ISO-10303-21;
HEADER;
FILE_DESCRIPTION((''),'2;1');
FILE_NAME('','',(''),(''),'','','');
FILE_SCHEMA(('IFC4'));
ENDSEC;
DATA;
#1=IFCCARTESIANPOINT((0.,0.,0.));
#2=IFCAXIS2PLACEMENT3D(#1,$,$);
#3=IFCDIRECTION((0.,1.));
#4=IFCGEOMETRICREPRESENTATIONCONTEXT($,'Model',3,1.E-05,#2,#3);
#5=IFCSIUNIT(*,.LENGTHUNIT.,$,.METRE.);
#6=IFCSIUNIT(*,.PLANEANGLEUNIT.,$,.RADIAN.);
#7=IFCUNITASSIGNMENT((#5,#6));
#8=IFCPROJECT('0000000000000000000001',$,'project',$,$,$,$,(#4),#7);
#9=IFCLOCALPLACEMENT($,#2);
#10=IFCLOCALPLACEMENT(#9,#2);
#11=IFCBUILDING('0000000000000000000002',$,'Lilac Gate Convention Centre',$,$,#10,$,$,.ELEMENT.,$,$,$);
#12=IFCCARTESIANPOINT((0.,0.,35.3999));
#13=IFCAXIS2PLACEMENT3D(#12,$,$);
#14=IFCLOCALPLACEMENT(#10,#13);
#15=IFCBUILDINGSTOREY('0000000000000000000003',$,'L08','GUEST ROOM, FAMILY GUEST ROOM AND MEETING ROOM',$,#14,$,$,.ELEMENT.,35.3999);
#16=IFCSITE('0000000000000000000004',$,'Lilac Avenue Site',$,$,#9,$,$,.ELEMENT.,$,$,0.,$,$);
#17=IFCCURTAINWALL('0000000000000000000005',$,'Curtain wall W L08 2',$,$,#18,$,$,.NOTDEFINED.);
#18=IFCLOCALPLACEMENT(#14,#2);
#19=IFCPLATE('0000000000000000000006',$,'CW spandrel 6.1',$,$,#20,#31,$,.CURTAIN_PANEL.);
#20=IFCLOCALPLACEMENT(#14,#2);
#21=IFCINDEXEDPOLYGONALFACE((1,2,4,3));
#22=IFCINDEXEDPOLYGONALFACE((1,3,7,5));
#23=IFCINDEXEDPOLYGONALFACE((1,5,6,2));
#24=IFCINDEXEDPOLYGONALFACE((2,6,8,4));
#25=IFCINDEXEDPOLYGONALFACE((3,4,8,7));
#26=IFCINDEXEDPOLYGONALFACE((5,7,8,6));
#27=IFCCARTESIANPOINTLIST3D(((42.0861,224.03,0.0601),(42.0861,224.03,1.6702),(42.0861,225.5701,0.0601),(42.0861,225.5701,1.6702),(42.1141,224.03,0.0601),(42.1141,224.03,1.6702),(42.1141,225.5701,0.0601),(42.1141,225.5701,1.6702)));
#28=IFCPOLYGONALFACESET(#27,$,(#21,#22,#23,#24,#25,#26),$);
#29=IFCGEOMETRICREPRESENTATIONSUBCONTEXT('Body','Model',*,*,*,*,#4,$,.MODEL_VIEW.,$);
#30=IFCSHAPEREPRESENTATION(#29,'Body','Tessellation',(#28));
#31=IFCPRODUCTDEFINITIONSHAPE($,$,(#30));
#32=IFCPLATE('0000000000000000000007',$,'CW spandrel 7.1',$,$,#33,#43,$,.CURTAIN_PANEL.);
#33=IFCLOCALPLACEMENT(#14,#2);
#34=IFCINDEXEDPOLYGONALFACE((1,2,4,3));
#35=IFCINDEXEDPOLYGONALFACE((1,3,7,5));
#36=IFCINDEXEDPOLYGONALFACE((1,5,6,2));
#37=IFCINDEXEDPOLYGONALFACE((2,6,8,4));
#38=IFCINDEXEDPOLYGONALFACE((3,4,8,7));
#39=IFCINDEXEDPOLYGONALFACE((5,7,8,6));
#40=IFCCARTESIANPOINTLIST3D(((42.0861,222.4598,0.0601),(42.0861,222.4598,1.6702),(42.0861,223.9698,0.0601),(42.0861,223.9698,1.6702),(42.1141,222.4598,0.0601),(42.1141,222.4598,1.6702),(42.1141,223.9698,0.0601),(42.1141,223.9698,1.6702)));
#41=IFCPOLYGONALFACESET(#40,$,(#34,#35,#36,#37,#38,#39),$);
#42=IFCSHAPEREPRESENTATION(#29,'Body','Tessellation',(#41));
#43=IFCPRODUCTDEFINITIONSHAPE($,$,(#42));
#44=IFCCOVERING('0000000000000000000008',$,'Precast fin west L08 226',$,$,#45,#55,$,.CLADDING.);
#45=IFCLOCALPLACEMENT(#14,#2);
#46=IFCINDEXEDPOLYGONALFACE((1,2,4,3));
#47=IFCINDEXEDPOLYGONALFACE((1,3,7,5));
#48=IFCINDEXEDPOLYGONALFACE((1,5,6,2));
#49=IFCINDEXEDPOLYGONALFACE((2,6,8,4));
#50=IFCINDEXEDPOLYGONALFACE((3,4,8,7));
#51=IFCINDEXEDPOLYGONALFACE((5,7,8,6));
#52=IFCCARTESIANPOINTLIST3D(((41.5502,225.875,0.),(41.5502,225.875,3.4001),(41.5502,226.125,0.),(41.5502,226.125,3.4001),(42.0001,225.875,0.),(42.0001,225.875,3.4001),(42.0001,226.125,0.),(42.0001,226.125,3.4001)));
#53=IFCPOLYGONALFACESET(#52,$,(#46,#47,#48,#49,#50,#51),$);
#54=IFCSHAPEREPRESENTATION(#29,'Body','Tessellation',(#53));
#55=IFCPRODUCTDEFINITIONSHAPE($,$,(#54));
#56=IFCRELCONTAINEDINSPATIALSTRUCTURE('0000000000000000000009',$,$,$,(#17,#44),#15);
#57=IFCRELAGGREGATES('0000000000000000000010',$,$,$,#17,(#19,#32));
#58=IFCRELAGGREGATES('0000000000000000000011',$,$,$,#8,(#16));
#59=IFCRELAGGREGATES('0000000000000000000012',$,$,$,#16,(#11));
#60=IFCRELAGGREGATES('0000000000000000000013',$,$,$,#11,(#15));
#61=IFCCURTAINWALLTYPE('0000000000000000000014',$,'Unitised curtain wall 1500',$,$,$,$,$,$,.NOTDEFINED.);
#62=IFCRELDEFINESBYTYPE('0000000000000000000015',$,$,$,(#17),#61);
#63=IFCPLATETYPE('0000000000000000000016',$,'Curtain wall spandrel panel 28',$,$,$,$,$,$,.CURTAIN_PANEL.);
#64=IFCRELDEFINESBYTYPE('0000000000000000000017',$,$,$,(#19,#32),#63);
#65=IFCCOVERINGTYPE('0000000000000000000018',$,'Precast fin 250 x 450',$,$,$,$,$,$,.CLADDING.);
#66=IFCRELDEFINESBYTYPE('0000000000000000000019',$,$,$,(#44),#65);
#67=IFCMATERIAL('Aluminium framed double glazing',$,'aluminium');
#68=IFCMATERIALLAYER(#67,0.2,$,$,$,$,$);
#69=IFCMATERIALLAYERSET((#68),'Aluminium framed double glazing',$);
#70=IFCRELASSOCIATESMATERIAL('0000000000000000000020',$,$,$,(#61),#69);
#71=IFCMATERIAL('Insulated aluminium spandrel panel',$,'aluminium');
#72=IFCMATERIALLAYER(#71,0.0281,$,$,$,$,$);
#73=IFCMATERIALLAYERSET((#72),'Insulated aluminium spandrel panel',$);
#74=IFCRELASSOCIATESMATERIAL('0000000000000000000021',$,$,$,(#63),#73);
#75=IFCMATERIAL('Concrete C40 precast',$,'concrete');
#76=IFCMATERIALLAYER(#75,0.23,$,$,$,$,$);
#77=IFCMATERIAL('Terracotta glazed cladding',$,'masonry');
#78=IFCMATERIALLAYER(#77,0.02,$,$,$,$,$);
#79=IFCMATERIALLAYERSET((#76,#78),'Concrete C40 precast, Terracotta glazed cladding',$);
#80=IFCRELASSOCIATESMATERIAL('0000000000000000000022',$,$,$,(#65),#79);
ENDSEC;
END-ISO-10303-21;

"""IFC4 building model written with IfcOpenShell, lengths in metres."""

from ifc_helpers import new_model, si_unit, direction, frame, frame_2d, origin, origin_2d, place, context, subcontext, project, spatial, rectangle, extrude, material, layer, layer_set, type_object, element, aggregate, save


model = new_model("IFC4")

# Units and contexts
model_context = context("Model", 3, precision=1e-05, world=origin(), true_north=direction((0.0, 1.0)))
body_context = subcontext(model_context, "Body", "Model", "MODEL_VIEW")
ifc_project = project(units=[si_unit("LENGTHUNIT", "METRE"), si_unit("PLANEANGLEUNIT", "RADIAN")], contexts=[model_context])

# Site, building, storey
site_placement = place(None, origin())
site = spatial("IfcSite", under=ifc_project, at=site_placement, Name="Lilac Avenue Site", CompositionType="ELEMENT", RefElevation=0.0)
building_placement = place(site_placement, origin())
building = spatial("IfcBuilding", under=site, at=building_placement, Name="Lilac Gate Convention Centre", CompositionType="ELEMENT")
storey_placement = place(building_placement, frame((0.0, 0.0, 35.3999)))
storey = spatial("IfcBuildingStorey", under=building, at=storey_placement, Name="L08", Description="GUEST ROOM, FAMILY GUEST ROOM AND MEETING ROOM", CompositionType="ELEMENT", Elevation=35.3999)

# Curtain wall, plates
ifc_material_1 = material(Name="Aluminium framed double glazing", Category="aluminium")
ifc_layer_1 = layer(ifc_material_1, 0.2)
ifc_layer_set_1 = layer_set([ifc_layer_1], Name="Aluminium framed double glazing")
curtain_wall_type = type_object("IfcCurtainWallType", Name="Unitised curtain wall 1500", PredefinedType="NOTDEFINED", material=ifc_layer_set_1)
curtain_wall_placement = place(storey_placement, origin())
curtain_wall = element("IfcCurtainWall", 1, at=curtain_wall_placement, inside=storey, type_object=curtain_wall_type, Name="Curtain wall W L08 2", PredefinedType="NOTDEFINED")
ifc_material_2 = material(Name="Insulated aluminium spandrel panel", Category="aluminium")
ifc_layer_2 = layer(ifc_material_2, 0.0281)
ifc_layer_set_2 = layer_set([ifc_layer_2], Name="Insulated aluminium spandrel panel")
plate_type_1 = type_object("IfcPlateType", Name="Curtain wall spandrel panel 28", PredefinedType="CURTAIN_PANEL", material=ifc_layer_set_2)
plate_1_placement = place(storey_placement, frame((42.1001, 224.8, 0.0601), z_axis=(0.0, 0.0, 1.0), x_axis=(0.0, -1.0, 0.0)))
plate_1 = element("IfcPlate", 2, at=plate_1_placement, type_object=plate_type_1, Name="CW spandrel 6.1", PredefinedType="CURTAIN_PANEL", context=body_context, shape_type="SweptSolid", body=[
    extrude(rectangle(XDim=1.54, YDim=0.0281, at=origin_2d()), origin(), (0.0, 0.0, 1.0), 1.6101),
])
plate_2_placement = place(storey_placement, frame((42.1001, 223.2148, 0.0601), z_axis=(0.0, 0.0, 1.0), x_axis=(0.0, -1.0, 0.0)))
plate_2 = element("IfcPlate", 3, at=plate_2_placement, type_object=plate_type_1, Name="CW spandrel 7.1", PredefinedType="CURTAIN_PANEL", context=body_context, shape_type="SweptSolid", body=[
    extrude(rectangle(XDim=1.51, YDim=0.0281, at=origin_2d()), origin(), (0.0, 0.0, 1.0), 1.6101),
])
aggregate(curtain_wall, [plate_1, plate_2])

# Covering
ifc_material_3 = material(Name="Concrete C40 precast", Category="concrete")
ifc_layer_3 = layer(ifc_material_3, 0.23)
ifc_material_4 = material(Name="Terracotta glazed cladding", Category="masonry")
ifc_layer_4 = layer(ifc_material_4, 0.02)
ifc_layer_set_3 = layer_set([ifc_layer_3, ifc_layer_4], Name="Concrete C40 precast, Terracotta glazed cladding")
covering_type = type_object("IfcCoveringType", Name="Precast fin 250 x 450", PredefinedType="CLADDING", material=ifc_layer_set_3)
covering_placement = place(storey_placement, frame((41.55, 226.0, 0.0), z_axis=(0.0, 0.0, 1.0), x_axis=(1.0, 0.0, 0.0)))
element("IfcCovering", 4, at=covering_placement, inside=storey, type_object=covering_type, Name="Precast fin west L08 226", PredefinedType="CLADDING", context=body_context, shape_type="SweptSolid", body=[
    extrude(rectangle(XDim=0.45, YDim=0.25, at=frame_2d((0.2251, 0.0))), origin(), (0.0, 0.0, 1.0), 3.4001),
])

save(model, "model.ifc")
